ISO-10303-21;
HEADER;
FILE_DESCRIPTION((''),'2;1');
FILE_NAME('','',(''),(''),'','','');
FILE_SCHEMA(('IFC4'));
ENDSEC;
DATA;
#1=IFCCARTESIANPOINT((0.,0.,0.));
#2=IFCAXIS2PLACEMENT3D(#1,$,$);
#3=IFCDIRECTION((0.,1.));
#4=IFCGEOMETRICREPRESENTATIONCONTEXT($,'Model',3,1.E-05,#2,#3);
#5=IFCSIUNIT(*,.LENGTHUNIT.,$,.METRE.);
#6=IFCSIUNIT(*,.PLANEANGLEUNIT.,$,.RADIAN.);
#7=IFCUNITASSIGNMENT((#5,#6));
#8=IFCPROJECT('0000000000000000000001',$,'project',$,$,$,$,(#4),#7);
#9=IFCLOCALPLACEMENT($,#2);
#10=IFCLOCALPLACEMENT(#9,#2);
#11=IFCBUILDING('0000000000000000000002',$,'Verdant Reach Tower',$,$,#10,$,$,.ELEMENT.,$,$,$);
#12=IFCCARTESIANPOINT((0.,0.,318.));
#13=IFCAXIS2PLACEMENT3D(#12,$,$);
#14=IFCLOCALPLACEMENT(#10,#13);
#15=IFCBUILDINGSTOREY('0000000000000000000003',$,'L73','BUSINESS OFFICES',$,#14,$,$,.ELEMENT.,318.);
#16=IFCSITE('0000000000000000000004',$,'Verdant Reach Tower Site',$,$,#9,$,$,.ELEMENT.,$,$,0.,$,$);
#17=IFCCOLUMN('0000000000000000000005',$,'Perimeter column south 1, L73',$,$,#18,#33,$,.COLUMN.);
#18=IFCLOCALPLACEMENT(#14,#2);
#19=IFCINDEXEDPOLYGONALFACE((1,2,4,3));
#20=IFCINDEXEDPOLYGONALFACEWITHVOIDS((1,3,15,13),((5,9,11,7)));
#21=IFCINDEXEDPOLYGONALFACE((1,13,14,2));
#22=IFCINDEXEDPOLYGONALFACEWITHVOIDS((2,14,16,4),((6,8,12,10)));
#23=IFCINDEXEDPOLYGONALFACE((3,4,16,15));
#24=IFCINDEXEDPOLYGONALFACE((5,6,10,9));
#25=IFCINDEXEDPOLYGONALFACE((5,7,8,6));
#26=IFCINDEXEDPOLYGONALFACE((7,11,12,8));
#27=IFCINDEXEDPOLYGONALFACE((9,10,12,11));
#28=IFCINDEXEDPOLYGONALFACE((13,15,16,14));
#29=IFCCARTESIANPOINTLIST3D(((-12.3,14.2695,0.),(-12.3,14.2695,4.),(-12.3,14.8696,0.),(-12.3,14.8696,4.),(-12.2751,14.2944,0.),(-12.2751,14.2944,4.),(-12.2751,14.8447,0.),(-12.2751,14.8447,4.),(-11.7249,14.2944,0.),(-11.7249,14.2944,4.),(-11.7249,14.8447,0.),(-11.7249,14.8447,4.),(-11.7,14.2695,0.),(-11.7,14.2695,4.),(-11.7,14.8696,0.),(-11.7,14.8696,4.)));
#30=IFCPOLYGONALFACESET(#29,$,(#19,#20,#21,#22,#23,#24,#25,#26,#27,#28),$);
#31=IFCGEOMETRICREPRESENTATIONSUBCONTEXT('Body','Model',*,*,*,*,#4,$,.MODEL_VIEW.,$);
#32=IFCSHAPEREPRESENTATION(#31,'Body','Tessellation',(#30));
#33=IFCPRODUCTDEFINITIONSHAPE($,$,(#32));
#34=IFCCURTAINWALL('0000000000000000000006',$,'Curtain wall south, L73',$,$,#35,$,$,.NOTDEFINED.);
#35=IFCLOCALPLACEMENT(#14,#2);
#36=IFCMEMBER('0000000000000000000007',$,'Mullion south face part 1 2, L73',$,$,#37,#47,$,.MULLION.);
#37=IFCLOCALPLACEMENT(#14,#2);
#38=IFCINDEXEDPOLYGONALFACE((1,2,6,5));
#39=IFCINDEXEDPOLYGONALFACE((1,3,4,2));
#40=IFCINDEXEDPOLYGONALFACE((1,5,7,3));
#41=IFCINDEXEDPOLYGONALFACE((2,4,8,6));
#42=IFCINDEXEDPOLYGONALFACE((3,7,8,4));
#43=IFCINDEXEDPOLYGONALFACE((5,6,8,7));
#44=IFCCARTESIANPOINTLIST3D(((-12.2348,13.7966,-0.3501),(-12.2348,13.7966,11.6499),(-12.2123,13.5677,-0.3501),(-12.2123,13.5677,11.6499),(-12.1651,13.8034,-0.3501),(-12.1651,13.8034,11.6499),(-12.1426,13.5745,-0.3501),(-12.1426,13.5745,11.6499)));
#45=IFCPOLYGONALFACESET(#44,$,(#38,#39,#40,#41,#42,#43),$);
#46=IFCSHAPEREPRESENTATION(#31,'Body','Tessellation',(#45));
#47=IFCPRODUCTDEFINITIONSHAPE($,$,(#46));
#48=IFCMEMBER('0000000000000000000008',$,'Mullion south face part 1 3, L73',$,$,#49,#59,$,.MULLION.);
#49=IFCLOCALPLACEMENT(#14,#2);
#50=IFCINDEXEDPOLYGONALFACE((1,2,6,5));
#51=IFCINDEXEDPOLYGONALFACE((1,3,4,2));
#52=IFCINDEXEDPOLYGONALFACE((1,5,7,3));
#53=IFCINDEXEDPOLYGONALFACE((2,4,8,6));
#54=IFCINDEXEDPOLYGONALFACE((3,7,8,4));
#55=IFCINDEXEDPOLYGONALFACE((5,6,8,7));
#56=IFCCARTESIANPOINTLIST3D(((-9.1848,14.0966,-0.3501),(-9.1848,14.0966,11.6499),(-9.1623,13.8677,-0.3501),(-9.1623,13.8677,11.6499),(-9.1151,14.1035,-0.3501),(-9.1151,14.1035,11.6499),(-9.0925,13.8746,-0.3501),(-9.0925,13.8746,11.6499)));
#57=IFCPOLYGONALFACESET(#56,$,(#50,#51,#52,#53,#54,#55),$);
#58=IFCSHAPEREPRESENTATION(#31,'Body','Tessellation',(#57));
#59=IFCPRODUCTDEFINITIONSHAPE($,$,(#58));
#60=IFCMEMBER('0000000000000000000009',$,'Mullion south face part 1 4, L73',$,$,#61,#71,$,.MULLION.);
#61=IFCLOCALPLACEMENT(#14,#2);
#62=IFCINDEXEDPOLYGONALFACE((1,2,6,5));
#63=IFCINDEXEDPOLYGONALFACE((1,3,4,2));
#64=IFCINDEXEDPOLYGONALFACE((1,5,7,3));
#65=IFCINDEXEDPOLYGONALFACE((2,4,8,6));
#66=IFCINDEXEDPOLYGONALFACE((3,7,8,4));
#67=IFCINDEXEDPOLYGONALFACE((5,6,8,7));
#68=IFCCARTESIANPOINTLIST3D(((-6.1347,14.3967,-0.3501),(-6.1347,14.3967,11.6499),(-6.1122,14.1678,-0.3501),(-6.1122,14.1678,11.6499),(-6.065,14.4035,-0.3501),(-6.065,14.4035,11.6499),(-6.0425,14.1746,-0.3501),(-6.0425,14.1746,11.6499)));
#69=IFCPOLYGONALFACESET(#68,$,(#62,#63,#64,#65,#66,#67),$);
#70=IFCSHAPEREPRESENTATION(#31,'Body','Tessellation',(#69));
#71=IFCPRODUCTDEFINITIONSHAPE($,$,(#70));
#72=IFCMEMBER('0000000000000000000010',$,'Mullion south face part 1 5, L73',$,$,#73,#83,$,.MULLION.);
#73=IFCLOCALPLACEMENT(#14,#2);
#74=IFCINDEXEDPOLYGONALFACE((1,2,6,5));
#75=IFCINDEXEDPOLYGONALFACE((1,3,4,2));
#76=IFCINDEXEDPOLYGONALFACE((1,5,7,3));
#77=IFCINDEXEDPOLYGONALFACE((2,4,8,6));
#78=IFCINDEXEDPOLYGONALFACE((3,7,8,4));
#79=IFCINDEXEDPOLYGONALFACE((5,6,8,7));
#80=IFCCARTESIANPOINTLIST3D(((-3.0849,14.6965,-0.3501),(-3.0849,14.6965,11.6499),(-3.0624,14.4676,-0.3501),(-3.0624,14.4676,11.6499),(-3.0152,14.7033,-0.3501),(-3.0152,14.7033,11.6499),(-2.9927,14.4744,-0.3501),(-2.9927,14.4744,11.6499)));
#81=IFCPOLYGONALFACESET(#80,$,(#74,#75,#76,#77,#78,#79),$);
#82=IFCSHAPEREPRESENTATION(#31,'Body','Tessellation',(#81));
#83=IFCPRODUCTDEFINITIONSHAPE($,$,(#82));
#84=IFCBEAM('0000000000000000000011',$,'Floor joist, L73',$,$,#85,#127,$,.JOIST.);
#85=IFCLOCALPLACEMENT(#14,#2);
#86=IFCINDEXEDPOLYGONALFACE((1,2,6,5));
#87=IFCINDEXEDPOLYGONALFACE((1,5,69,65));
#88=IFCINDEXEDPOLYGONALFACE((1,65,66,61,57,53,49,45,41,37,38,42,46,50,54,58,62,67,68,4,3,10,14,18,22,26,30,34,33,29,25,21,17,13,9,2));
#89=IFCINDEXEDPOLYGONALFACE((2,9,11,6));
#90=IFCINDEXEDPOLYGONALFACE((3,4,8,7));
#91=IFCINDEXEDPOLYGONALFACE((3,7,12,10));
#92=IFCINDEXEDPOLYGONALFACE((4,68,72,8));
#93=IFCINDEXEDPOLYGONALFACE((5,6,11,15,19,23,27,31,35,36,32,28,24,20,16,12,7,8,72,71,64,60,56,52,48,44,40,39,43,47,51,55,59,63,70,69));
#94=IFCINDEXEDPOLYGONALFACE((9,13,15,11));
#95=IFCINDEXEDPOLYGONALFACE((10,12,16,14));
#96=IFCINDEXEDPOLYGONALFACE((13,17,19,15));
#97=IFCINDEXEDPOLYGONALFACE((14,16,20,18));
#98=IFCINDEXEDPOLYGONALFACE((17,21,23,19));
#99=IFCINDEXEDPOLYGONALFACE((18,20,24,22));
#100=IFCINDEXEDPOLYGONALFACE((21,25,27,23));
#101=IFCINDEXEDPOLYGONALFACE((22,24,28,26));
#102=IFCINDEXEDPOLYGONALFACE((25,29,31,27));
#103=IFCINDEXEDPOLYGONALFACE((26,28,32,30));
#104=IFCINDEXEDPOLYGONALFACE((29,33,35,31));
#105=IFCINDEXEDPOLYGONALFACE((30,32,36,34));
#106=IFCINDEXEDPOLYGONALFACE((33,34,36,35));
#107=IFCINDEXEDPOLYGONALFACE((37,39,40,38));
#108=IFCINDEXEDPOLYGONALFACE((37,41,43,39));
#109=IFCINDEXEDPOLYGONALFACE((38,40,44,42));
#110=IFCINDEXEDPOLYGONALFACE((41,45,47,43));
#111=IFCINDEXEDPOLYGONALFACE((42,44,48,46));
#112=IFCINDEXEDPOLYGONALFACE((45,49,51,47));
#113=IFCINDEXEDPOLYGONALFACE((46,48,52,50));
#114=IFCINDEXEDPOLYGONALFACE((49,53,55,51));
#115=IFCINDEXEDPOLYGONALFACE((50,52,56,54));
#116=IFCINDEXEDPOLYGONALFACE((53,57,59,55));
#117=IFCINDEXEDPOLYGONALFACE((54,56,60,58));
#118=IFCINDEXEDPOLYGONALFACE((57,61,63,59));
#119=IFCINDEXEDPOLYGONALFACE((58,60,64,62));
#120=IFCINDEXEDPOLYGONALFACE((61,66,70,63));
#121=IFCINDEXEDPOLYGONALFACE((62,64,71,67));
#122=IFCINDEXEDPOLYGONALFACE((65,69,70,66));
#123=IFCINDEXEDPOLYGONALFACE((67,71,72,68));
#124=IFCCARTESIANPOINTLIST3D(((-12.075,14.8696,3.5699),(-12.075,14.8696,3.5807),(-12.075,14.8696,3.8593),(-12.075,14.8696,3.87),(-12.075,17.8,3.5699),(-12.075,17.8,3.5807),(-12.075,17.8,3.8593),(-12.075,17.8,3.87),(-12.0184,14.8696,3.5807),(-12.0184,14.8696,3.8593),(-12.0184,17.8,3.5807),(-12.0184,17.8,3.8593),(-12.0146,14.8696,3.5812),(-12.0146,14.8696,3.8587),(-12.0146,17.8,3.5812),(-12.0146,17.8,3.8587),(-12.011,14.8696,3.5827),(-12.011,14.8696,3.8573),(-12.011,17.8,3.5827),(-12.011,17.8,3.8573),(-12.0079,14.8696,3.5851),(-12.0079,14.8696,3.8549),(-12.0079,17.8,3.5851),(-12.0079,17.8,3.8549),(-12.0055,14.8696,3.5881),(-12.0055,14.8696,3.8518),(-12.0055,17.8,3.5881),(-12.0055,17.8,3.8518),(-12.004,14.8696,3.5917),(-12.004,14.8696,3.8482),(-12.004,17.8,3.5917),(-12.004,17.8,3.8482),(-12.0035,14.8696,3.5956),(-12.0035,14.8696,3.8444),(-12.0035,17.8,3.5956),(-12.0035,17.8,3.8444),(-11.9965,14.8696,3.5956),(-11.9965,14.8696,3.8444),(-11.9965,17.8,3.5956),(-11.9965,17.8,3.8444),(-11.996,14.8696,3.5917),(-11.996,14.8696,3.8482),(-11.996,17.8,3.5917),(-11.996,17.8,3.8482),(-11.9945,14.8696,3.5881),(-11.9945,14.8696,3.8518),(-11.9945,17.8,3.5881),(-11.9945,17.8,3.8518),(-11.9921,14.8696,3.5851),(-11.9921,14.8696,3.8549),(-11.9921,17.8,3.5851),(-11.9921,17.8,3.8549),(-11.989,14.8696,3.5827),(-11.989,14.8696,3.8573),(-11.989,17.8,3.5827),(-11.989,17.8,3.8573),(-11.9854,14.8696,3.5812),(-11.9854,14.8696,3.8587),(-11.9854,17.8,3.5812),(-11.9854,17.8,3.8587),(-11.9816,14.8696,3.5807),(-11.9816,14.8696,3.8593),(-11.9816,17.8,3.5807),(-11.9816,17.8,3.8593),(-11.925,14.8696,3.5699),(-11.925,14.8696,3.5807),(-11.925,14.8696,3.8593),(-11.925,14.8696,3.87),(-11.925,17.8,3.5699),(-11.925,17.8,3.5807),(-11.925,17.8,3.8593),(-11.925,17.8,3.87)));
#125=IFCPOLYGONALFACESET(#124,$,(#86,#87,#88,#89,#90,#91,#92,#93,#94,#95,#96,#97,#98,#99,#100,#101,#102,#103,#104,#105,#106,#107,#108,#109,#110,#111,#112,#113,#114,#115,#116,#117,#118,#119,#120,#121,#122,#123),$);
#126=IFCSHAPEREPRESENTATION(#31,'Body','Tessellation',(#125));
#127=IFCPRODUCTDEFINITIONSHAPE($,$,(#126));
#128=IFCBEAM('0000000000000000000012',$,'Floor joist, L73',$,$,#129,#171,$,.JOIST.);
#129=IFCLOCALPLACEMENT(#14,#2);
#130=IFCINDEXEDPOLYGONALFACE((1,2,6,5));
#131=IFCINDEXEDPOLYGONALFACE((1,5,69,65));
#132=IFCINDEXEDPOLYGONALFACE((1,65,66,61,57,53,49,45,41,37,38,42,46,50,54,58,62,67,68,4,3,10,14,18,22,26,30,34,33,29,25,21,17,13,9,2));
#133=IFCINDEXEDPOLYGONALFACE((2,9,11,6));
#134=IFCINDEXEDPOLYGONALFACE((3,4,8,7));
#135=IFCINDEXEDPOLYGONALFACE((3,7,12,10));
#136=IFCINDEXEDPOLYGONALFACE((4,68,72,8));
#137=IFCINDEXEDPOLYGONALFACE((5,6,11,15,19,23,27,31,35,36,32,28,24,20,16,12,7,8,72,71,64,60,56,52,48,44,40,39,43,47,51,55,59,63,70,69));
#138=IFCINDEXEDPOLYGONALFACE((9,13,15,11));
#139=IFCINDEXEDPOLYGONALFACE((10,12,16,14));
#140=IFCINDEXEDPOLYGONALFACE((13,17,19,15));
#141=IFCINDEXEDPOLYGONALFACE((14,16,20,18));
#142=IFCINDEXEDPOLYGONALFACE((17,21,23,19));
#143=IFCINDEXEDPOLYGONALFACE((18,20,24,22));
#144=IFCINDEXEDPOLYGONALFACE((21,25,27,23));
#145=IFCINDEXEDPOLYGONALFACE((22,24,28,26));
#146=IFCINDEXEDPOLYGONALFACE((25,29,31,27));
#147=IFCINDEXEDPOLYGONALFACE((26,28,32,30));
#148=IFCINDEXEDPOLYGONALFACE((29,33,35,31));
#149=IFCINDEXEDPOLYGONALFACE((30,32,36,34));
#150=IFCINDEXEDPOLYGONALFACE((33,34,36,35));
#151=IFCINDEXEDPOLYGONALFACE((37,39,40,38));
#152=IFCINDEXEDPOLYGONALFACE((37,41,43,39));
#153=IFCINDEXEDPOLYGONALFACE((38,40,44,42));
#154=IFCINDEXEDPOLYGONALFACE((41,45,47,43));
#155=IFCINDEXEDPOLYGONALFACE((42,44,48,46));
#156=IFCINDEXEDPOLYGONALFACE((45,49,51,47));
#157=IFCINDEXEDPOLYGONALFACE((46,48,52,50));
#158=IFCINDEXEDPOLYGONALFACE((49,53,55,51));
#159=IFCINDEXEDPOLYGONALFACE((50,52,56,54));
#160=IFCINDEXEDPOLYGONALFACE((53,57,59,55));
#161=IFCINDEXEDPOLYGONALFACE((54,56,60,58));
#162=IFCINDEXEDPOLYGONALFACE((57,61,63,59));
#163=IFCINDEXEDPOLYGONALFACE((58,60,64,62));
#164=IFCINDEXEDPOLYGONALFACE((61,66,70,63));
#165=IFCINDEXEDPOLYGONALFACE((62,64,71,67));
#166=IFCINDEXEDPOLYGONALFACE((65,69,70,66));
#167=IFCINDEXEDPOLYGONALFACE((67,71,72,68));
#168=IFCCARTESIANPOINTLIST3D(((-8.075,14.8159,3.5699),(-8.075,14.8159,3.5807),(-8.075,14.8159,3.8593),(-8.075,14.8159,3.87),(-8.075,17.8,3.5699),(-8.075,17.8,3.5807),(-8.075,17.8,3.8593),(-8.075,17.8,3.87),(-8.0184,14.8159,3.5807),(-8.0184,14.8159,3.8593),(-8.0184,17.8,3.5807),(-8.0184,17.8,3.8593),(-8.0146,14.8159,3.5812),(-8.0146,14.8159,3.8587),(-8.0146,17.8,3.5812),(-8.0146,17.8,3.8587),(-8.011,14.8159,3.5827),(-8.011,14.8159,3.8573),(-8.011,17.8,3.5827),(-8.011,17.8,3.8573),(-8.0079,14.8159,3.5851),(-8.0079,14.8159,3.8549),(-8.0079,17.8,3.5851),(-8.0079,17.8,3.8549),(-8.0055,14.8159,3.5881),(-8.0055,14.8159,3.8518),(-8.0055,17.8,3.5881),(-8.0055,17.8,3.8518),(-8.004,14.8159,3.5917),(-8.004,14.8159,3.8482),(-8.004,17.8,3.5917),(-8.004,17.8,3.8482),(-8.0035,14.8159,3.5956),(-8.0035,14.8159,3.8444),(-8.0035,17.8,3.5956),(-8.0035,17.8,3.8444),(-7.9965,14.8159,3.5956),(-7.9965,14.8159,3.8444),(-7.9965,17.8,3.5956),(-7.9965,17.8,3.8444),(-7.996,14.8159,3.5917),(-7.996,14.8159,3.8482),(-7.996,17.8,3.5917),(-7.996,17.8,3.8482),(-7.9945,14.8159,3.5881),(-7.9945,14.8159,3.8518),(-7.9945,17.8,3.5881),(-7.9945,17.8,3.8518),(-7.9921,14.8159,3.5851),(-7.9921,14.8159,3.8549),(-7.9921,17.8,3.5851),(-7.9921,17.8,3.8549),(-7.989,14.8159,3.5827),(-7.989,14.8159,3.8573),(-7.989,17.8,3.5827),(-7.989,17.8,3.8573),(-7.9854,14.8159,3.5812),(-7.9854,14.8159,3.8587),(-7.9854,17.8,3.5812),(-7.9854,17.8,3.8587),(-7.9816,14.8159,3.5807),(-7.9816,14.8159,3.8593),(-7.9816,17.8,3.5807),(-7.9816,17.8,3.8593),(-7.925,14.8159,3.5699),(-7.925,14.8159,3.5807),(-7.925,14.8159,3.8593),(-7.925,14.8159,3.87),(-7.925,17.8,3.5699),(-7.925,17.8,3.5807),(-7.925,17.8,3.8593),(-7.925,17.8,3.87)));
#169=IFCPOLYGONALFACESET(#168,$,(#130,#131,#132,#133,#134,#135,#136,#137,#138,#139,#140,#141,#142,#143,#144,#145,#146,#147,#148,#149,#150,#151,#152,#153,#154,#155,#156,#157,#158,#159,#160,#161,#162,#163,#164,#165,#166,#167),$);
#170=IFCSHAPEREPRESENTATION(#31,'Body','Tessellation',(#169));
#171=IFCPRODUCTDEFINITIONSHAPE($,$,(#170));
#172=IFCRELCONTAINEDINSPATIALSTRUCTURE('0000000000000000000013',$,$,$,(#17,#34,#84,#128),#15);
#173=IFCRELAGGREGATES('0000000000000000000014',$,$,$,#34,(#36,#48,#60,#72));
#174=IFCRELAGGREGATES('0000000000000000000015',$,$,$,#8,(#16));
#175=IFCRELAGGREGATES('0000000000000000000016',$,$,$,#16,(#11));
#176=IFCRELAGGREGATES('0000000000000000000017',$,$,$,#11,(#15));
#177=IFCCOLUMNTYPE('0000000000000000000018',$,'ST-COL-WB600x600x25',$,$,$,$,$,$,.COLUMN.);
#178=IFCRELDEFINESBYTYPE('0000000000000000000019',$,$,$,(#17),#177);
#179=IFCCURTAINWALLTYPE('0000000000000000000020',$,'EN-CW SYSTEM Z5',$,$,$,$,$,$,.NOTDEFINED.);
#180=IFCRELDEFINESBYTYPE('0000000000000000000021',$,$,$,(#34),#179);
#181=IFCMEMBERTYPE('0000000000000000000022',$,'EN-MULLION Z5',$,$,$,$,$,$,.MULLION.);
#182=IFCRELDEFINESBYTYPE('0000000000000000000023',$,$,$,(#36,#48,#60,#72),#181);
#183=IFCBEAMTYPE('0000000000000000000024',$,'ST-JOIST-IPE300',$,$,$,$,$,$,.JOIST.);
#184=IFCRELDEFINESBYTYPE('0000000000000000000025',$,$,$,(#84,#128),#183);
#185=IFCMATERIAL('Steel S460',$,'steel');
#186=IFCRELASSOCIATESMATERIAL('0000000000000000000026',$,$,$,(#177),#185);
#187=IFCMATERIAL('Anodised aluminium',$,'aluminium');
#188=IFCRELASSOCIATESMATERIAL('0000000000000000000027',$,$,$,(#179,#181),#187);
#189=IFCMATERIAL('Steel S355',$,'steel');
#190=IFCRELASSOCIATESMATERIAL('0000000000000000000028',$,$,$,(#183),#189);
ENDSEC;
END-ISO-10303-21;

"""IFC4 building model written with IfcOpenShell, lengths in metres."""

from ifc_helpers import new_model, si_unit, direction, frame, origin, origin_2d, place, context, subcontext, project, spatial, rectangle, hollow_rectangle, i_section, extrude, material, material_profile, profile_set, type_object, element, aggregate, save


model = new_model("IFC4")

# Units and contexts
model_context = context("Model", 3, precision=1e-05, world=origin(), true_north=direction((0.0, 1.0)))
body_context = subcontext(model_context, "Body", "Model", "MODEL_VIEW")
ifc_project = project(units=[si_unit("LENGTHUNIT", "METRE"), si_unit("PLANEANGLEUNIT", "RADIAN")], contexts=[model_context])

# Site, building, storey
site_placement = place(None, origin())
site = spatial("IfcSite", under=ifc_project, at=site_placement, Name="Verdant Reach Tower Site", CompositionType="ELEMENT", RefElevation=0.0)
building_placement = place(site_placement, origin())
building = spatial("IfcBuilding", under=site, at=building_placement, Name="Verdant Reach Tower", CompositionType="ELEMENT")
storey_placement = place(building_placement, frame((0.0, 0.0, 318.0)))
storey = spatial("IfcBuildingStorey", under=building, at=storey_placement, Name="L73", Description="BUSINESS OFFICES", CompositionType="ELEMENT", Elevation=318.0)

# Column
ifc_material_1 = material(Name="Steel S460", Category="steel")
ifc_material_profile_1 = material_profile(ifc_material_1, hollow_rectangle(XDim=0.6001, YDim=0.6001, WallThickness=0.0249, at=origin_2d()), Name="WB 600x600x25")
ifc_profile_set_1 = profile_set([ifc_material_profile_1], Name="Steel S460")
column_type = type_object("IfcColumnType", Name="ST-COL-WB600x600x25", PredefinedType="COLUMN", material=ifc_profile_set_1)
column_placement = place(storey_placement, frame((-12.0, 14.5696, 0.0), z_axis=(0.0, 0.0, 1.0), x_axis=(1.0, 0.0, 0.0)))
element("IfcColumn", 1, at=column_placement, inside=storey, type_object=column_type, Name="Perimeter column south 1, L73", PredefinedType="COLUMN", context=body_context, shape_type="SweptSolid", body=[
    extrude(hollow_rectangle(XDim=0.6001, YDim=0.6001, WallThickness=0.0249, at=origin_2d()), origin(), (0.0, 0.0, 1.0), 4.0),
])

# Curtain wall, members
ifc_material_2 = material(Name="Anodised aluminium", Category="aluminium")
curtain_wall_type = type_object("IfcCurtainWallType", Name="EN-CW SYSTEM Z5", PredefinedType="NOTDEFINED", material=ifc_material_2)
curtain_wall_placement = place(storey_placement, origin())
curtain_wall = element("IfcCurtainWall", 2, at=curtain_wall_placement, inside=storey, type_object=curtain_wall_type, Name="Curtain wall south, L73", PredefinedType="NOTDEFINED")
ifc_material_profile_2 = material_profile(ifc_material_2, rectangle(XDim=0.23, YDim=0.0701, at=origin_2d()), Name="Mullion 70x230")
ifc_profile_set_2 = profile_set([ifc_material_profile_2], Name="Anodised aluminium")
member_type = type_object("IfcMemberType", Name="EN-MULLION Z5", PredefinedType="MULLION", material=ifc_profile_set_2)
member_1_placement = place(storey_placement, frame((-12.1887, 13.6855, -0.3501), z_axis=(0.0, 0.0, 1.0), x_axis=(0.097888, -0.995197, 0.0)))
member_1 = element("IfcMember", 3, at=member_1_placement, type_object=member_type, Name="Mullion south face part 1 2, L73", PredefinedType="MULLION", context=body_context, shape_type="SweptSolid", body=[
    extrude(rectangle(XDim=0.23, YDim=0.0701, at=origin_2d()), origin(), (0.0, 0.0, 1.0), 12.0),
])
member_2_placement = place(storey_placement, frame((-9.1387, 13.9856, -0.3501), z_axis=(0.0, 0.0, 1.0), x_axis=(0.097888, -0.995197, 0.0)))
member_2 = element("IfcMember", 4, at=member_2_placement, type_object=member_type, Name="Mullion south face part 1 3, L73", PredefinedType="MULLION", context=body_context, shape_type="SweptSolid", body=[
    extrude(rectangle(XDim=0.23, YDim=0.0701, at=origin_2d()), origin(), (0.0, 0.0, 1.0), 12.0),
])
member_3_placement = place(storey_placement, frame((-6.0886, 14.2856, -0.3501), z_axis=(0.0, 0.0, 1.0), x_axis=(0.097888, -0.995197, 0.0)))
member_3 = element("IfcMember", 5, at=member_3_placement, type_object=member_type, Name="Mullion south face part 1 4, L73", PredefinedType="MULLION", context=body_context, shape_type="SweptSolid", body=[
    extrude(rectangle(XDim=0.23, YDim=0.0701, at=origin_2d()), origin(), (0.0, 0.0, 1.0), 12.0),
])
member_4_placement = place(storey_placement, frame((-3.0388, 14.5854, -0.3501), z_axis=(0.0, 0.0, 1.0), x_axis=(0.097888, -0.995197, 0.0)))
member_4 = element("IfcMember", 6, at=member_4_placement, type_object=member_type, Name="Mullion south face part 1 5, L73", PredefinedType="MULLION", context=body_context, shape_type="SweptSolid", body=[
    extrude(rectangle(XDim=0.23, YDim=0.0701, at=origin_2d()), origin(), (0.0, 0.0, 1.0), 12.0),
])

# Beams
ifc_material_3 = material(Name="Steel S355", Category="steel")
ifc_material_profile_3 = material_profile(ifc_material_3, i_section(OverallWidth=0.1499, OverallDepth=0.3, WebThickness=0.0071, FlangeThickness=0.0107, FilletRadius=0.0149, at=origin_2d()), Name="IPE 300")
ifc_profile_set_3 = profile_set([ifc_material_profile_3], Name="Steel S355")
beam_type_1 = type_object("IfcBeamType", Name="ST-JOIST-IPE300", PredefinedType="JOIST", material=ifc_profile_set_3)
beam_1_placement = place(storey_placement, frame((-12.0, 17.8, 3.72), z_axis=(0.0, -1.0, 0.0), x_axis=(1.0, 0.0, 0.0)))
element("IfcBeam", 7, at=beam_1_placement, inside=storey, type_object=beam_type_1, Name="Floor joist, L73", PredefinedType="JOIST", context=body_context, shape_type="SweptSolid", body=[
    extrude(i_section(OverallWidth=0.1499, OverallDepth=0.3, WebThickness=0.0071, FlangeThickness=0.0107, FilletRadius=0.0149, at=origin_2d()), origin(), (0.0, 0.0, 1.0), 2.9304),
])
beam_2_placement = place(storey_placement, frame((-8.0, 17.8, 3.72), z_axis=(0.0, -1.0, 0.0), x_axis=(1.0, 0.0, 0.0)))
element("IfcBeam", 8, at=beam_2_placement, inside=storey, type_object=beam_type_1, Name="Floor joist, L73", PredefinedType="JOIST", context=body_context, shape_type="SweptSolid", body=[
    extrude(i_section(OverallWidth=0.1499, OverallDepth=0.3, WebThickness=0.0071, FlangeThickness=0.0107, FilletRadius=0.0149, at=origin_2d()), origin(), (0.0, 0.0, 1.0), 2.9841),
])

aggregate(curtain_wall, [member_1, member_2, member_3, member_4])

save(model, "model.ifc")
